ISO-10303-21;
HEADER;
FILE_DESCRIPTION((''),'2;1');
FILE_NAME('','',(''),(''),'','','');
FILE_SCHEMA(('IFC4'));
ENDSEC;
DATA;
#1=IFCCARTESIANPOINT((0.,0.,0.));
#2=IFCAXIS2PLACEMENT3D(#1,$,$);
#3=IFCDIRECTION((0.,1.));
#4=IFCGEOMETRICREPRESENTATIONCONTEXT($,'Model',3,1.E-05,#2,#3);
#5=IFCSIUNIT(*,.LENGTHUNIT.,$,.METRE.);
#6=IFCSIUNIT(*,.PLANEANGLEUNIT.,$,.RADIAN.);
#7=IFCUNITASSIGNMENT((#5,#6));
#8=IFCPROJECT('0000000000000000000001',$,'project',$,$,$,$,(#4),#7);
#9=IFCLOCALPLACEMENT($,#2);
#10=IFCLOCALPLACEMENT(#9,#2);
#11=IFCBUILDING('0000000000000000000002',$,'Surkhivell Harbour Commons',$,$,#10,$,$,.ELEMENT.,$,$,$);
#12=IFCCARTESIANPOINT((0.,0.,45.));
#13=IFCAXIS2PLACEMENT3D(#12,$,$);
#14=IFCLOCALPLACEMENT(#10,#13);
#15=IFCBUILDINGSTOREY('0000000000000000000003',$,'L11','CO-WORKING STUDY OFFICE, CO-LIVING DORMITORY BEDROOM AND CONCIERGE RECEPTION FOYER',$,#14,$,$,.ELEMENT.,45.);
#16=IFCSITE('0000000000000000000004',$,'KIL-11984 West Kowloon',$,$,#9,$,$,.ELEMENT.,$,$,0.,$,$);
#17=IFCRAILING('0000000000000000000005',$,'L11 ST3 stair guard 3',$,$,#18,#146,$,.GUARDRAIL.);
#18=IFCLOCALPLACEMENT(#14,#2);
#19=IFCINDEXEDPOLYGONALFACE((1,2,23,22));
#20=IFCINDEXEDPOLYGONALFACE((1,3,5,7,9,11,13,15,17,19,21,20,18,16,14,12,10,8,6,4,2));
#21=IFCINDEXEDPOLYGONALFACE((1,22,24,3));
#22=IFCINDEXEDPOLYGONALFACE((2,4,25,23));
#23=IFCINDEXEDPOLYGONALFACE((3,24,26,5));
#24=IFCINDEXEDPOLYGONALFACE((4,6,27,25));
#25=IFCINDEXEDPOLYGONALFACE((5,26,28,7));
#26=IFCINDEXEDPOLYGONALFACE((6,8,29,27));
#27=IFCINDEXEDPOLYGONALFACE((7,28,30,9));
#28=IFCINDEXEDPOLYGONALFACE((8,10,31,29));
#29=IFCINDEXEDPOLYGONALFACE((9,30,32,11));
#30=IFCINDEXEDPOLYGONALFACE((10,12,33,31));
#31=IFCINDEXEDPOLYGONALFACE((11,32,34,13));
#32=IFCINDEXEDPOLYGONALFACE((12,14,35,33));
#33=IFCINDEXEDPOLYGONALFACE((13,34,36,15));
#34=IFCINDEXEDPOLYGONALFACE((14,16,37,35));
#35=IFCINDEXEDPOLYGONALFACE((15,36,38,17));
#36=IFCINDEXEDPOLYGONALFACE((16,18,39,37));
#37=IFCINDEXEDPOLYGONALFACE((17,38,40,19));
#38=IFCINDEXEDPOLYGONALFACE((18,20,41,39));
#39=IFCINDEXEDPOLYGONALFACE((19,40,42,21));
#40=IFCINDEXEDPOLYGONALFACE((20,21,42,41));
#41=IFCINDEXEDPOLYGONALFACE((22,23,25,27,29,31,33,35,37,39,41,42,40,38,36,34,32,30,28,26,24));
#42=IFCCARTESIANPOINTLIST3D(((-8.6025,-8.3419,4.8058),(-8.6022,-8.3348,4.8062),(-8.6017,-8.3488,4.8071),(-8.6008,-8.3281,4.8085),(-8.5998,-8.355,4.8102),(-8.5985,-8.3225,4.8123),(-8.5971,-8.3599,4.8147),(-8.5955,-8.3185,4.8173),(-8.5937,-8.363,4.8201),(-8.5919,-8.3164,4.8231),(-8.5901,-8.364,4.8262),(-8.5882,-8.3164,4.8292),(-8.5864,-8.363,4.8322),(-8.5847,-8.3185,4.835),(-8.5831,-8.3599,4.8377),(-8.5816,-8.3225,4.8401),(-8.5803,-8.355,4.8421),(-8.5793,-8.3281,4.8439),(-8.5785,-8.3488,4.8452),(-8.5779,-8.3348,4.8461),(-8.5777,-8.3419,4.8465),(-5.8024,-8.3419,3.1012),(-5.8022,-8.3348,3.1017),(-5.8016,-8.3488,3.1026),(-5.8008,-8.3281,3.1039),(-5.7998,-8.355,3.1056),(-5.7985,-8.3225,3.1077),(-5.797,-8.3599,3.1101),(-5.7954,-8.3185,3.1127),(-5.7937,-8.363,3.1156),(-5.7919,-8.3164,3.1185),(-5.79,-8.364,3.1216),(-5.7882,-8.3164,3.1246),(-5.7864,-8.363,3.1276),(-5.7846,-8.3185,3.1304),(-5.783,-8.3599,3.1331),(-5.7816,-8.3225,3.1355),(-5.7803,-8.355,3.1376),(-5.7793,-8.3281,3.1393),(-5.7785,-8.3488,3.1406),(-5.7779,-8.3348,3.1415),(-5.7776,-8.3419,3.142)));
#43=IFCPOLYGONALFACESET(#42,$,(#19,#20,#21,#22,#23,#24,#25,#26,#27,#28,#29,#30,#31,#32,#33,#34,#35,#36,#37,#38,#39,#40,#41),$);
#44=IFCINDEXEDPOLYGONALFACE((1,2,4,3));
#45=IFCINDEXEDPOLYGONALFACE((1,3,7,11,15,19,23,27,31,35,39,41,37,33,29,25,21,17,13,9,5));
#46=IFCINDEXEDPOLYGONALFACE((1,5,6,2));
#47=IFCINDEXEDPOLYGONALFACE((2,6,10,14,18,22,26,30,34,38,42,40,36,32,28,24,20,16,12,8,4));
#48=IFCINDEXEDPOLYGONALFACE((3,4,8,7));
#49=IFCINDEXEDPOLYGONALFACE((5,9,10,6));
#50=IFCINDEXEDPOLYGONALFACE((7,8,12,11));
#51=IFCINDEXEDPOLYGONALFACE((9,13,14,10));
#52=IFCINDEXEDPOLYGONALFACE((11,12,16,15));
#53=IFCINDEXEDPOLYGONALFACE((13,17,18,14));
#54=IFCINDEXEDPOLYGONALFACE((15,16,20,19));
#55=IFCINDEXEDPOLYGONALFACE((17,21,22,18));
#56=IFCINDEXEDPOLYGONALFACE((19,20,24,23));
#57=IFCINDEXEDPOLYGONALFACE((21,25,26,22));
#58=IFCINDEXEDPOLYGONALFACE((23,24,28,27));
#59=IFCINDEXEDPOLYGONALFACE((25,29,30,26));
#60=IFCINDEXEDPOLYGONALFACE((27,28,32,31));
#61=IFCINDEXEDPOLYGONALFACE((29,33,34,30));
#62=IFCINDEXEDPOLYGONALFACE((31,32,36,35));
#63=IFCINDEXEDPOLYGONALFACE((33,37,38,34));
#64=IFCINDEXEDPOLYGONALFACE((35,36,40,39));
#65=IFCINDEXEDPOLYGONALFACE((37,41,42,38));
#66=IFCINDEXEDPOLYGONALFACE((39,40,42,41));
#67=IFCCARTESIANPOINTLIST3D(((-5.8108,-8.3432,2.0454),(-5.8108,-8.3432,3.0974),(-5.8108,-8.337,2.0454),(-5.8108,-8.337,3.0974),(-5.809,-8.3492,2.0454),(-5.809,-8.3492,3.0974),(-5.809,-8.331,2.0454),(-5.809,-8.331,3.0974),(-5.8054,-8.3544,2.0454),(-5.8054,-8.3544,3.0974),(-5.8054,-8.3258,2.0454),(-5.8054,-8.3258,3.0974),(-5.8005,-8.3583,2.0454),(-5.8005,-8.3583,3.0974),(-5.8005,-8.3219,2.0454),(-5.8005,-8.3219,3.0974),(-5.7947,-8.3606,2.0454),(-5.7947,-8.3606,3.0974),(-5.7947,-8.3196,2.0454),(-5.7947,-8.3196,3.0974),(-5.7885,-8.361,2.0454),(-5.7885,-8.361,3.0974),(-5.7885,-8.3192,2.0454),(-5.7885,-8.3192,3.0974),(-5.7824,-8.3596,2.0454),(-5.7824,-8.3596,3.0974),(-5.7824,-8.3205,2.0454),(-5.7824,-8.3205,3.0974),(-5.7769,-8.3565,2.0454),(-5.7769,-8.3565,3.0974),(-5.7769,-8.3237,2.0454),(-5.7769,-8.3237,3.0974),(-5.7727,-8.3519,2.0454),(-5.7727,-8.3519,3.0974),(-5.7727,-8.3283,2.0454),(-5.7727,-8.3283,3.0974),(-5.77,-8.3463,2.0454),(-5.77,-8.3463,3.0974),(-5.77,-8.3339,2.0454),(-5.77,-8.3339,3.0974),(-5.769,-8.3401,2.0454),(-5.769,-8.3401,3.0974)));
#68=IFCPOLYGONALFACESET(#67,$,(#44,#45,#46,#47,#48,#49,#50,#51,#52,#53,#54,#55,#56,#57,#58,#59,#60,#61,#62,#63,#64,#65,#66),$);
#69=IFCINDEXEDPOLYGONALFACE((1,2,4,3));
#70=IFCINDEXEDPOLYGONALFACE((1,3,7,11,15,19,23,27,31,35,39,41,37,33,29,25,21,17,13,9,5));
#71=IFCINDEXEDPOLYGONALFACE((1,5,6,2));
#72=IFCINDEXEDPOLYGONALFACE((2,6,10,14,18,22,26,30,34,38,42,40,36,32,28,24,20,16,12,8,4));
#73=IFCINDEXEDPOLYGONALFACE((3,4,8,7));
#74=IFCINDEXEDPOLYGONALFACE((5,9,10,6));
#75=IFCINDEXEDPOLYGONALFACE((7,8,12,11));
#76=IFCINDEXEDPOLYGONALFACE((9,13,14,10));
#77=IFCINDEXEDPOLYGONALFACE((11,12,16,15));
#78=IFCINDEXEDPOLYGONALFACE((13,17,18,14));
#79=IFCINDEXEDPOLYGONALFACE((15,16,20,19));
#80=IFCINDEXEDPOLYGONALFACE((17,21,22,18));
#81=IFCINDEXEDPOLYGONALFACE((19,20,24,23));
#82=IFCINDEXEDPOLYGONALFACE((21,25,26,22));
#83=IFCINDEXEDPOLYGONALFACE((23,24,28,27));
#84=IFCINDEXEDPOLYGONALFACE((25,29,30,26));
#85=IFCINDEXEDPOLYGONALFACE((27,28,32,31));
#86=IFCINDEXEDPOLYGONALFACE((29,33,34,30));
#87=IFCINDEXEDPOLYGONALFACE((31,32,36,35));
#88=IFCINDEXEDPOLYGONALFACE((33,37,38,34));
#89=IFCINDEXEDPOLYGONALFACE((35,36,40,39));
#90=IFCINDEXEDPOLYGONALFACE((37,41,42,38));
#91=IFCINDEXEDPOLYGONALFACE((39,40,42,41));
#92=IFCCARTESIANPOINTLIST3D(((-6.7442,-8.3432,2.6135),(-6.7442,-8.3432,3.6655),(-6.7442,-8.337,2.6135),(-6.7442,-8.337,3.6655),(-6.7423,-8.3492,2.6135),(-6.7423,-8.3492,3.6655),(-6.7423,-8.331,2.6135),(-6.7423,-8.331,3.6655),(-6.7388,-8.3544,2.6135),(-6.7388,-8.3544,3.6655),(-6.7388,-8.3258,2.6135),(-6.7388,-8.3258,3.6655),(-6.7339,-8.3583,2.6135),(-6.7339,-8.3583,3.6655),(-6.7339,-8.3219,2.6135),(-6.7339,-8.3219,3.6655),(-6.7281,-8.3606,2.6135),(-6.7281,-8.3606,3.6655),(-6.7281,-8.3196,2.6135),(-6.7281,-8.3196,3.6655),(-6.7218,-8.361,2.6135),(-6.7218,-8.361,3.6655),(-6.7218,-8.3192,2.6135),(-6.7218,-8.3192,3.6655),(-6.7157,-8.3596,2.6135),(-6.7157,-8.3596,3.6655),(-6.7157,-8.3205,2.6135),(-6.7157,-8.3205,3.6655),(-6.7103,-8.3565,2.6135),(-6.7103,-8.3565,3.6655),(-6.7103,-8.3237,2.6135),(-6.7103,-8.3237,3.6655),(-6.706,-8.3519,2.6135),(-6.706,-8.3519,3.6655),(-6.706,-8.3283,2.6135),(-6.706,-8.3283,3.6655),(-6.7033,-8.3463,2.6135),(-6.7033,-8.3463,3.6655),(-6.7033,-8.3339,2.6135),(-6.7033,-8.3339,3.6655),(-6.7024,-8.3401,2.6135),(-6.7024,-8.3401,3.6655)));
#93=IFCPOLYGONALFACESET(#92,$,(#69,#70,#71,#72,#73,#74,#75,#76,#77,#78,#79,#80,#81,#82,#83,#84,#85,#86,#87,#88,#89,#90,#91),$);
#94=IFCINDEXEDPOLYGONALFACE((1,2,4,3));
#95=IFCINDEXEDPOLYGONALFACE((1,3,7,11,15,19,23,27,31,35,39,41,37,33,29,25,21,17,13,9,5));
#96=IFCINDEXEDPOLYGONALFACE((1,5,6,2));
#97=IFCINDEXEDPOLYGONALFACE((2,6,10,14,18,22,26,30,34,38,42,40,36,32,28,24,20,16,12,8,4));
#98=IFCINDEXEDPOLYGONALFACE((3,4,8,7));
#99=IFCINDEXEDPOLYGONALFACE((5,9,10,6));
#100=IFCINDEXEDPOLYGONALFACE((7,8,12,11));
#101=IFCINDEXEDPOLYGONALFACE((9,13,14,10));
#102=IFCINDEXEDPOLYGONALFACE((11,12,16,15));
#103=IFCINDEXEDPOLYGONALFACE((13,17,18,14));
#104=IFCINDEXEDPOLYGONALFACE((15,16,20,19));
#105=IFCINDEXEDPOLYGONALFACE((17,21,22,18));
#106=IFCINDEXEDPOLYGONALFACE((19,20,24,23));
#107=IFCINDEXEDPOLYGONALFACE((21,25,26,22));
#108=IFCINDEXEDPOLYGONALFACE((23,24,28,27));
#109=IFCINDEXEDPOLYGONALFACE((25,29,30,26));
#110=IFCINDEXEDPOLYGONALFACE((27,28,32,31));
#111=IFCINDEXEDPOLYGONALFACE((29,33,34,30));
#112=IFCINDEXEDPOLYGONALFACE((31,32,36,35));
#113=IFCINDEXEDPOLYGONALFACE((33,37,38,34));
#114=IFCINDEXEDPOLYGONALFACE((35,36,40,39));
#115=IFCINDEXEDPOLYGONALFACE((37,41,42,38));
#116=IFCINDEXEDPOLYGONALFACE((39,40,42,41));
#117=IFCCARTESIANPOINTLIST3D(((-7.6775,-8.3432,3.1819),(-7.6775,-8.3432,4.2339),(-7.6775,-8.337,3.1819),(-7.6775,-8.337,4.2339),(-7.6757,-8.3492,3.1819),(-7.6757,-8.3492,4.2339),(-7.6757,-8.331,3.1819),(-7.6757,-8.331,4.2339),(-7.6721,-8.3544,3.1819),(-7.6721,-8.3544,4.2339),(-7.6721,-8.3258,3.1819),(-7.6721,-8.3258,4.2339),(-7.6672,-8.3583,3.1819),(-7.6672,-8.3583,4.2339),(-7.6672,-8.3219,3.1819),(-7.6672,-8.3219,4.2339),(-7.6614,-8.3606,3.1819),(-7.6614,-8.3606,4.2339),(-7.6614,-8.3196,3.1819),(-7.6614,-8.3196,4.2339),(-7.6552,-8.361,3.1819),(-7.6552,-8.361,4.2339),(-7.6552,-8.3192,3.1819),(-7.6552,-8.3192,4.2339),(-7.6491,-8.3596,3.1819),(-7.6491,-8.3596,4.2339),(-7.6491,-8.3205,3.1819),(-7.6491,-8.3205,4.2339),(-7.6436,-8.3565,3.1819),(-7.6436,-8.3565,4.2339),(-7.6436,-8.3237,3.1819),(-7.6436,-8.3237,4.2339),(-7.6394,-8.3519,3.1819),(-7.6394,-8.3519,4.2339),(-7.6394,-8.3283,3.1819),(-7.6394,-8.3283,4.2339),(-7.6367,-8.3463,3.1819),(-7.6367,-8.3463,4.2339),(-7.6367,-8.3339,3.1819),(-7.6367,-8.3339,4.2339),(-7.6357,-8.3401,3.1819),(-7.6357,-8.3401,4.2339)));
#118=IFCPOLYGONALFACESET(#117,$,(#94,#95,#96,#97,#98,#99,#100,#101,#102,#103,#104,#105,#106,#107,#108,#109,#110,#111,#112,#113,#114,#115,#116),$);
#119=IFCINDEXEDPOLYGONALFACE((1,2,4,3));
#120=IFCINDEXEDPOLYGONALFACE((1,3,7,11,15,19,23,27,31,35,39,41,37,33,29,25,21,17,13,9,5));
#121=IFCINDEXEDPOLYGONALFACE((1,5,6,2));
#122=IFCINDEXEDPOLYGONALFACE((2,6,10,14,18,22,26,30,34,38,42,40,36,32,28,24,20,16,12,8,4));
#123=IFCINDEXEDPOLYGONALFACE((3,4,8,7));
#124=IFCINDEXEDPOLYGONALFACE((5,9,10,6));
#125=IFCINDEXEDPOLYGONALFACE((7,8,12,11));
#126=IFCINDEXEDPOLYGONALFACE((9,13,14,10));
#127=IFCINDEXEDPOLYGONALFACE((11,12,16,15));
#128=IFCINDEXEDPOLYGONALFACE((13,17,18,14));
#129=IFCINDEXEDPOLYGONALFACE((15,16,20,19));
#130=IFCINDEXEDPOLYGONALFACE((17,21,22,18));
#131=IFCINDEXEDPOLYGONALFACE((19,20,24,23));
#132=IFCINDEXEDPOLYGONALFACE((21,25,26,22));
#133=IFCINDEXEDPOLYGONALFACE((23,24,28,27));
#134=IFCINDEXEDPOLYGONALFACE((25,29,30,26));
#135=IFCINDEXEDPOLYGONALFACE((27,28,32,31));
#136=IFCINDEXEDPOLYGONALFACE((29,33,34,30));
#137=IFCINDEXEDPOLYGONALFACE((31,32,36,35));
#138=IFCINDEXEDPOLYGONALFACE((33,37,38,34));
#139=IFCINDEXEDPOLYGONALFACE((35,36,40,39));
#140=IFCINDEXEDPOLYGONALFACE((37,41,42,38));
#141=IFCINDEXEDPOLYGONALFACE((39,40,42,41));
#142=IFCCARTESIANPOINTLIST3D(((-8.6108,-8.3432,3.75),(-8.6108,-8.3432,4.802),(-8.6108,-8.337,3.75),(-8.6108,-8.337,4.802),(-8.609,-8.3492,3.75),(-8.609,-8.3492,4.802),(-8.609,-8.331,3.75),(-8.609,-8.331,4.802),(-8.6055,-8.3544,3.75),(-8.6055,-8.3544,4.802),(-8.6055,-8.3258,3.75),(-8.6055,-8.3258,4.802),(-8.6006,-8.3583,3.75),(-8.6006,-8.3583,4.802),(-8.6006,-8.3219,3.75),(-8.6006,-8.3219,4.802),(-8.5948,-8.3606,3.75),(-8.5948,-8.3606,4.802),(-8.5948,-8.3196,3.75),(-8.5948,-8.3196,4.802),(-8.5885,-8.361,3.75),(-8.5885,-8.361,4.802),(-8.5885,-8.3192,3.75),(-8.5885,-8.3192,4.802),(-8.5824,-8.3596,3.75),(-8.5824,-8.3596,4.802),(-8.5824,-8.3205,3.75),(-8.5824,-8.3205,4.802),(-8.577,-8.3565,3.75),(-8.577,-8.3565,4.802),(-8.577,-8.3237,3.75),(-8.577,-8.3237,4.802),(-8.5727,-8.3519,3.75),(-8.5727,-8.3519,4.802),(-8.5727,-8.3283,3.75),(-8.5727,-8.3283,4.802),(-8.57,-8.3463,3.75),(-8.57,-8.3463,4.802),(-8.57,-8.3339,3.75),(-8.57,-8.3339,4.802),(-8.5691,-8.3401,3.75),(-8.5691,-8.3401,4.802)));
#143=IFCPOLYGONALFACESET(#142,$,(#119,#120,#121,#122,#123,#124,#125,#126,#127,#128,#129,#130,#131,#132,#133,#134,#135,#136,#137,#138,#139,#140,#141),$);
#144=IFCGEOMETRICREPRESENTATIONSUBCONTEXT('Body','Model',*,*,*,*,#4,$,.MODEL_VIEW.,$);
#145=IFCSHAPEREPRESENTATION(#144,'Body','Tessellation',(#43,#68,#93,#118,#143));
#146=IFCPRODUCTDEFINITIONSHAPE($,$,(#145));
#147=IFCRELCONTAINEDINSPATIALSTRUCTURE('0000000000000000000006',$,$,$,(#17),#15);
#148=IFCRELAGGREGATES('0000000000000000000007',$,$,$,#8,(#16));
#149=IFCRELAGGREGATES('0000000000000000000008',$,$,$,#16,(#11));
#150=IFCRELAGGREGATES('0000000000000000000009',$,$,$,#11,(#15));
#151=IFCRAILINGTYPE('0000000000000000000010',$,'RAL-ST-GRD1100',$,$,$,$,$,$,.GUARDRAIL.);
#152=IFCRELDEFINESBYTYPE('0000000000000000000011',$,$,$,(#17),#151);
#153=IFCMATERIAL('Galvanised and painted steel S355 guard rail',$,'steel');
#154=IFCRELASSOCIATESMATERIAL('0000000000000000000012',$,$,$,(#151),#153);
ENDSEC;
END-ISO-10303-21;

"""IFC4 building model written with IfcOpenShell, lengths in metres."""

from ifc_helpers import new_model, si_unit, direction, frame, origin, origin_2d, place, context, subcontext, project, spatial, circle, extrude, material, type_object, element, save


model = new_model("IFC4")

# Units and contexts
model_context = context("Model", 3, precision=1e-05, world=origin(), true_north=direction((0.0, 1.0)))
body_context = subcontext(model_context, "Body", "Model", "MODEL_VIEW")
ifc_project = project(units=[si_unit("LENGTHUNIT", "METRE"), si_unit("PLANEANGLEUNIT", "RADIAN")], contexts=[model_context])

# Site, building, storey
site_placement = place(None, origin())
site = spatial("IfcSite", under=ifc_project, at=site_placement, Name="KIL-11984 West Kowloon", CompositionType="ELEMENT", RefElevation=0.0)
building_placement = place(site_placement, origin())
building = spatial("IfcBuilding", under=site, at=building_placement, Name="Surkhivell Harbour Commons", CompositionType="ELEMENT")
storey_placement = place(building_placement, frame((0.0, 0.0, 45.0)))
storey = spatial("IfcBuildingStorey", under=building, at=storey_placement, Name="L11", Description="CO-WORKING STUDY OFFICE, CO-LIVING DORMITORY BEDROOM AND CONCIERGE RECEPTION FOYER", CompositionType="ELEMENT", Elevation=45.0)

# Railing
ifc_material_1 = material(Name="Galvanised and painted steel S355 guard rail", Category="steel")
railing_type_1 = type_object("IfcRailingType", Name="RAL-ST-GRD1100", PredefinedType="GUARDRAIL", material=ifc_material_1)
railing_1_placement = place(storey_placement, frame((-5.79, -8.3401, 2.0454)))
element("IfcRailing", 1, at=railing_1_placement, inside=storey, type_object=railing_type_1, Name="L11 ST3 stair guard 3", PredefinedType="GUARDRAIL", context=body_context, shape_type="SweptSolid", body=[
    extrude(circle(Radius=0.0239, at=origin_2d()), frame((0.0, 0.0, 1.0762), z_axis=(-0.85417, 0.0, 0.519994), x_axis=(0.0, -1.0, 0.0)), (0.0, 0.0, 1.0), 3.2781),
    extrude(circle(Radius=0.021, at=origin_2d()), origin(), (0.0, 0.0, 1.0), 1.052),
    extrude(circle(Radius=0.021, at=origin_2d()), frame((-0.9333, 0.0, 0.5681)), (0.0, 0.0, 1.0), 1.052),
    extrude(circle(Radius=0.021, at=origin_2d()), frame((-1.8667, 0.0, 1.1365)), (0.0, 0.0, 1.0), 1.052),
    extrude(circle(Radius=0.021, at=origin_2d()), frame((-2.8, 0.0, 1.7046)), (0.0, 0.0, 1.0), 1.052),
])

save(model, "model.ifc")
